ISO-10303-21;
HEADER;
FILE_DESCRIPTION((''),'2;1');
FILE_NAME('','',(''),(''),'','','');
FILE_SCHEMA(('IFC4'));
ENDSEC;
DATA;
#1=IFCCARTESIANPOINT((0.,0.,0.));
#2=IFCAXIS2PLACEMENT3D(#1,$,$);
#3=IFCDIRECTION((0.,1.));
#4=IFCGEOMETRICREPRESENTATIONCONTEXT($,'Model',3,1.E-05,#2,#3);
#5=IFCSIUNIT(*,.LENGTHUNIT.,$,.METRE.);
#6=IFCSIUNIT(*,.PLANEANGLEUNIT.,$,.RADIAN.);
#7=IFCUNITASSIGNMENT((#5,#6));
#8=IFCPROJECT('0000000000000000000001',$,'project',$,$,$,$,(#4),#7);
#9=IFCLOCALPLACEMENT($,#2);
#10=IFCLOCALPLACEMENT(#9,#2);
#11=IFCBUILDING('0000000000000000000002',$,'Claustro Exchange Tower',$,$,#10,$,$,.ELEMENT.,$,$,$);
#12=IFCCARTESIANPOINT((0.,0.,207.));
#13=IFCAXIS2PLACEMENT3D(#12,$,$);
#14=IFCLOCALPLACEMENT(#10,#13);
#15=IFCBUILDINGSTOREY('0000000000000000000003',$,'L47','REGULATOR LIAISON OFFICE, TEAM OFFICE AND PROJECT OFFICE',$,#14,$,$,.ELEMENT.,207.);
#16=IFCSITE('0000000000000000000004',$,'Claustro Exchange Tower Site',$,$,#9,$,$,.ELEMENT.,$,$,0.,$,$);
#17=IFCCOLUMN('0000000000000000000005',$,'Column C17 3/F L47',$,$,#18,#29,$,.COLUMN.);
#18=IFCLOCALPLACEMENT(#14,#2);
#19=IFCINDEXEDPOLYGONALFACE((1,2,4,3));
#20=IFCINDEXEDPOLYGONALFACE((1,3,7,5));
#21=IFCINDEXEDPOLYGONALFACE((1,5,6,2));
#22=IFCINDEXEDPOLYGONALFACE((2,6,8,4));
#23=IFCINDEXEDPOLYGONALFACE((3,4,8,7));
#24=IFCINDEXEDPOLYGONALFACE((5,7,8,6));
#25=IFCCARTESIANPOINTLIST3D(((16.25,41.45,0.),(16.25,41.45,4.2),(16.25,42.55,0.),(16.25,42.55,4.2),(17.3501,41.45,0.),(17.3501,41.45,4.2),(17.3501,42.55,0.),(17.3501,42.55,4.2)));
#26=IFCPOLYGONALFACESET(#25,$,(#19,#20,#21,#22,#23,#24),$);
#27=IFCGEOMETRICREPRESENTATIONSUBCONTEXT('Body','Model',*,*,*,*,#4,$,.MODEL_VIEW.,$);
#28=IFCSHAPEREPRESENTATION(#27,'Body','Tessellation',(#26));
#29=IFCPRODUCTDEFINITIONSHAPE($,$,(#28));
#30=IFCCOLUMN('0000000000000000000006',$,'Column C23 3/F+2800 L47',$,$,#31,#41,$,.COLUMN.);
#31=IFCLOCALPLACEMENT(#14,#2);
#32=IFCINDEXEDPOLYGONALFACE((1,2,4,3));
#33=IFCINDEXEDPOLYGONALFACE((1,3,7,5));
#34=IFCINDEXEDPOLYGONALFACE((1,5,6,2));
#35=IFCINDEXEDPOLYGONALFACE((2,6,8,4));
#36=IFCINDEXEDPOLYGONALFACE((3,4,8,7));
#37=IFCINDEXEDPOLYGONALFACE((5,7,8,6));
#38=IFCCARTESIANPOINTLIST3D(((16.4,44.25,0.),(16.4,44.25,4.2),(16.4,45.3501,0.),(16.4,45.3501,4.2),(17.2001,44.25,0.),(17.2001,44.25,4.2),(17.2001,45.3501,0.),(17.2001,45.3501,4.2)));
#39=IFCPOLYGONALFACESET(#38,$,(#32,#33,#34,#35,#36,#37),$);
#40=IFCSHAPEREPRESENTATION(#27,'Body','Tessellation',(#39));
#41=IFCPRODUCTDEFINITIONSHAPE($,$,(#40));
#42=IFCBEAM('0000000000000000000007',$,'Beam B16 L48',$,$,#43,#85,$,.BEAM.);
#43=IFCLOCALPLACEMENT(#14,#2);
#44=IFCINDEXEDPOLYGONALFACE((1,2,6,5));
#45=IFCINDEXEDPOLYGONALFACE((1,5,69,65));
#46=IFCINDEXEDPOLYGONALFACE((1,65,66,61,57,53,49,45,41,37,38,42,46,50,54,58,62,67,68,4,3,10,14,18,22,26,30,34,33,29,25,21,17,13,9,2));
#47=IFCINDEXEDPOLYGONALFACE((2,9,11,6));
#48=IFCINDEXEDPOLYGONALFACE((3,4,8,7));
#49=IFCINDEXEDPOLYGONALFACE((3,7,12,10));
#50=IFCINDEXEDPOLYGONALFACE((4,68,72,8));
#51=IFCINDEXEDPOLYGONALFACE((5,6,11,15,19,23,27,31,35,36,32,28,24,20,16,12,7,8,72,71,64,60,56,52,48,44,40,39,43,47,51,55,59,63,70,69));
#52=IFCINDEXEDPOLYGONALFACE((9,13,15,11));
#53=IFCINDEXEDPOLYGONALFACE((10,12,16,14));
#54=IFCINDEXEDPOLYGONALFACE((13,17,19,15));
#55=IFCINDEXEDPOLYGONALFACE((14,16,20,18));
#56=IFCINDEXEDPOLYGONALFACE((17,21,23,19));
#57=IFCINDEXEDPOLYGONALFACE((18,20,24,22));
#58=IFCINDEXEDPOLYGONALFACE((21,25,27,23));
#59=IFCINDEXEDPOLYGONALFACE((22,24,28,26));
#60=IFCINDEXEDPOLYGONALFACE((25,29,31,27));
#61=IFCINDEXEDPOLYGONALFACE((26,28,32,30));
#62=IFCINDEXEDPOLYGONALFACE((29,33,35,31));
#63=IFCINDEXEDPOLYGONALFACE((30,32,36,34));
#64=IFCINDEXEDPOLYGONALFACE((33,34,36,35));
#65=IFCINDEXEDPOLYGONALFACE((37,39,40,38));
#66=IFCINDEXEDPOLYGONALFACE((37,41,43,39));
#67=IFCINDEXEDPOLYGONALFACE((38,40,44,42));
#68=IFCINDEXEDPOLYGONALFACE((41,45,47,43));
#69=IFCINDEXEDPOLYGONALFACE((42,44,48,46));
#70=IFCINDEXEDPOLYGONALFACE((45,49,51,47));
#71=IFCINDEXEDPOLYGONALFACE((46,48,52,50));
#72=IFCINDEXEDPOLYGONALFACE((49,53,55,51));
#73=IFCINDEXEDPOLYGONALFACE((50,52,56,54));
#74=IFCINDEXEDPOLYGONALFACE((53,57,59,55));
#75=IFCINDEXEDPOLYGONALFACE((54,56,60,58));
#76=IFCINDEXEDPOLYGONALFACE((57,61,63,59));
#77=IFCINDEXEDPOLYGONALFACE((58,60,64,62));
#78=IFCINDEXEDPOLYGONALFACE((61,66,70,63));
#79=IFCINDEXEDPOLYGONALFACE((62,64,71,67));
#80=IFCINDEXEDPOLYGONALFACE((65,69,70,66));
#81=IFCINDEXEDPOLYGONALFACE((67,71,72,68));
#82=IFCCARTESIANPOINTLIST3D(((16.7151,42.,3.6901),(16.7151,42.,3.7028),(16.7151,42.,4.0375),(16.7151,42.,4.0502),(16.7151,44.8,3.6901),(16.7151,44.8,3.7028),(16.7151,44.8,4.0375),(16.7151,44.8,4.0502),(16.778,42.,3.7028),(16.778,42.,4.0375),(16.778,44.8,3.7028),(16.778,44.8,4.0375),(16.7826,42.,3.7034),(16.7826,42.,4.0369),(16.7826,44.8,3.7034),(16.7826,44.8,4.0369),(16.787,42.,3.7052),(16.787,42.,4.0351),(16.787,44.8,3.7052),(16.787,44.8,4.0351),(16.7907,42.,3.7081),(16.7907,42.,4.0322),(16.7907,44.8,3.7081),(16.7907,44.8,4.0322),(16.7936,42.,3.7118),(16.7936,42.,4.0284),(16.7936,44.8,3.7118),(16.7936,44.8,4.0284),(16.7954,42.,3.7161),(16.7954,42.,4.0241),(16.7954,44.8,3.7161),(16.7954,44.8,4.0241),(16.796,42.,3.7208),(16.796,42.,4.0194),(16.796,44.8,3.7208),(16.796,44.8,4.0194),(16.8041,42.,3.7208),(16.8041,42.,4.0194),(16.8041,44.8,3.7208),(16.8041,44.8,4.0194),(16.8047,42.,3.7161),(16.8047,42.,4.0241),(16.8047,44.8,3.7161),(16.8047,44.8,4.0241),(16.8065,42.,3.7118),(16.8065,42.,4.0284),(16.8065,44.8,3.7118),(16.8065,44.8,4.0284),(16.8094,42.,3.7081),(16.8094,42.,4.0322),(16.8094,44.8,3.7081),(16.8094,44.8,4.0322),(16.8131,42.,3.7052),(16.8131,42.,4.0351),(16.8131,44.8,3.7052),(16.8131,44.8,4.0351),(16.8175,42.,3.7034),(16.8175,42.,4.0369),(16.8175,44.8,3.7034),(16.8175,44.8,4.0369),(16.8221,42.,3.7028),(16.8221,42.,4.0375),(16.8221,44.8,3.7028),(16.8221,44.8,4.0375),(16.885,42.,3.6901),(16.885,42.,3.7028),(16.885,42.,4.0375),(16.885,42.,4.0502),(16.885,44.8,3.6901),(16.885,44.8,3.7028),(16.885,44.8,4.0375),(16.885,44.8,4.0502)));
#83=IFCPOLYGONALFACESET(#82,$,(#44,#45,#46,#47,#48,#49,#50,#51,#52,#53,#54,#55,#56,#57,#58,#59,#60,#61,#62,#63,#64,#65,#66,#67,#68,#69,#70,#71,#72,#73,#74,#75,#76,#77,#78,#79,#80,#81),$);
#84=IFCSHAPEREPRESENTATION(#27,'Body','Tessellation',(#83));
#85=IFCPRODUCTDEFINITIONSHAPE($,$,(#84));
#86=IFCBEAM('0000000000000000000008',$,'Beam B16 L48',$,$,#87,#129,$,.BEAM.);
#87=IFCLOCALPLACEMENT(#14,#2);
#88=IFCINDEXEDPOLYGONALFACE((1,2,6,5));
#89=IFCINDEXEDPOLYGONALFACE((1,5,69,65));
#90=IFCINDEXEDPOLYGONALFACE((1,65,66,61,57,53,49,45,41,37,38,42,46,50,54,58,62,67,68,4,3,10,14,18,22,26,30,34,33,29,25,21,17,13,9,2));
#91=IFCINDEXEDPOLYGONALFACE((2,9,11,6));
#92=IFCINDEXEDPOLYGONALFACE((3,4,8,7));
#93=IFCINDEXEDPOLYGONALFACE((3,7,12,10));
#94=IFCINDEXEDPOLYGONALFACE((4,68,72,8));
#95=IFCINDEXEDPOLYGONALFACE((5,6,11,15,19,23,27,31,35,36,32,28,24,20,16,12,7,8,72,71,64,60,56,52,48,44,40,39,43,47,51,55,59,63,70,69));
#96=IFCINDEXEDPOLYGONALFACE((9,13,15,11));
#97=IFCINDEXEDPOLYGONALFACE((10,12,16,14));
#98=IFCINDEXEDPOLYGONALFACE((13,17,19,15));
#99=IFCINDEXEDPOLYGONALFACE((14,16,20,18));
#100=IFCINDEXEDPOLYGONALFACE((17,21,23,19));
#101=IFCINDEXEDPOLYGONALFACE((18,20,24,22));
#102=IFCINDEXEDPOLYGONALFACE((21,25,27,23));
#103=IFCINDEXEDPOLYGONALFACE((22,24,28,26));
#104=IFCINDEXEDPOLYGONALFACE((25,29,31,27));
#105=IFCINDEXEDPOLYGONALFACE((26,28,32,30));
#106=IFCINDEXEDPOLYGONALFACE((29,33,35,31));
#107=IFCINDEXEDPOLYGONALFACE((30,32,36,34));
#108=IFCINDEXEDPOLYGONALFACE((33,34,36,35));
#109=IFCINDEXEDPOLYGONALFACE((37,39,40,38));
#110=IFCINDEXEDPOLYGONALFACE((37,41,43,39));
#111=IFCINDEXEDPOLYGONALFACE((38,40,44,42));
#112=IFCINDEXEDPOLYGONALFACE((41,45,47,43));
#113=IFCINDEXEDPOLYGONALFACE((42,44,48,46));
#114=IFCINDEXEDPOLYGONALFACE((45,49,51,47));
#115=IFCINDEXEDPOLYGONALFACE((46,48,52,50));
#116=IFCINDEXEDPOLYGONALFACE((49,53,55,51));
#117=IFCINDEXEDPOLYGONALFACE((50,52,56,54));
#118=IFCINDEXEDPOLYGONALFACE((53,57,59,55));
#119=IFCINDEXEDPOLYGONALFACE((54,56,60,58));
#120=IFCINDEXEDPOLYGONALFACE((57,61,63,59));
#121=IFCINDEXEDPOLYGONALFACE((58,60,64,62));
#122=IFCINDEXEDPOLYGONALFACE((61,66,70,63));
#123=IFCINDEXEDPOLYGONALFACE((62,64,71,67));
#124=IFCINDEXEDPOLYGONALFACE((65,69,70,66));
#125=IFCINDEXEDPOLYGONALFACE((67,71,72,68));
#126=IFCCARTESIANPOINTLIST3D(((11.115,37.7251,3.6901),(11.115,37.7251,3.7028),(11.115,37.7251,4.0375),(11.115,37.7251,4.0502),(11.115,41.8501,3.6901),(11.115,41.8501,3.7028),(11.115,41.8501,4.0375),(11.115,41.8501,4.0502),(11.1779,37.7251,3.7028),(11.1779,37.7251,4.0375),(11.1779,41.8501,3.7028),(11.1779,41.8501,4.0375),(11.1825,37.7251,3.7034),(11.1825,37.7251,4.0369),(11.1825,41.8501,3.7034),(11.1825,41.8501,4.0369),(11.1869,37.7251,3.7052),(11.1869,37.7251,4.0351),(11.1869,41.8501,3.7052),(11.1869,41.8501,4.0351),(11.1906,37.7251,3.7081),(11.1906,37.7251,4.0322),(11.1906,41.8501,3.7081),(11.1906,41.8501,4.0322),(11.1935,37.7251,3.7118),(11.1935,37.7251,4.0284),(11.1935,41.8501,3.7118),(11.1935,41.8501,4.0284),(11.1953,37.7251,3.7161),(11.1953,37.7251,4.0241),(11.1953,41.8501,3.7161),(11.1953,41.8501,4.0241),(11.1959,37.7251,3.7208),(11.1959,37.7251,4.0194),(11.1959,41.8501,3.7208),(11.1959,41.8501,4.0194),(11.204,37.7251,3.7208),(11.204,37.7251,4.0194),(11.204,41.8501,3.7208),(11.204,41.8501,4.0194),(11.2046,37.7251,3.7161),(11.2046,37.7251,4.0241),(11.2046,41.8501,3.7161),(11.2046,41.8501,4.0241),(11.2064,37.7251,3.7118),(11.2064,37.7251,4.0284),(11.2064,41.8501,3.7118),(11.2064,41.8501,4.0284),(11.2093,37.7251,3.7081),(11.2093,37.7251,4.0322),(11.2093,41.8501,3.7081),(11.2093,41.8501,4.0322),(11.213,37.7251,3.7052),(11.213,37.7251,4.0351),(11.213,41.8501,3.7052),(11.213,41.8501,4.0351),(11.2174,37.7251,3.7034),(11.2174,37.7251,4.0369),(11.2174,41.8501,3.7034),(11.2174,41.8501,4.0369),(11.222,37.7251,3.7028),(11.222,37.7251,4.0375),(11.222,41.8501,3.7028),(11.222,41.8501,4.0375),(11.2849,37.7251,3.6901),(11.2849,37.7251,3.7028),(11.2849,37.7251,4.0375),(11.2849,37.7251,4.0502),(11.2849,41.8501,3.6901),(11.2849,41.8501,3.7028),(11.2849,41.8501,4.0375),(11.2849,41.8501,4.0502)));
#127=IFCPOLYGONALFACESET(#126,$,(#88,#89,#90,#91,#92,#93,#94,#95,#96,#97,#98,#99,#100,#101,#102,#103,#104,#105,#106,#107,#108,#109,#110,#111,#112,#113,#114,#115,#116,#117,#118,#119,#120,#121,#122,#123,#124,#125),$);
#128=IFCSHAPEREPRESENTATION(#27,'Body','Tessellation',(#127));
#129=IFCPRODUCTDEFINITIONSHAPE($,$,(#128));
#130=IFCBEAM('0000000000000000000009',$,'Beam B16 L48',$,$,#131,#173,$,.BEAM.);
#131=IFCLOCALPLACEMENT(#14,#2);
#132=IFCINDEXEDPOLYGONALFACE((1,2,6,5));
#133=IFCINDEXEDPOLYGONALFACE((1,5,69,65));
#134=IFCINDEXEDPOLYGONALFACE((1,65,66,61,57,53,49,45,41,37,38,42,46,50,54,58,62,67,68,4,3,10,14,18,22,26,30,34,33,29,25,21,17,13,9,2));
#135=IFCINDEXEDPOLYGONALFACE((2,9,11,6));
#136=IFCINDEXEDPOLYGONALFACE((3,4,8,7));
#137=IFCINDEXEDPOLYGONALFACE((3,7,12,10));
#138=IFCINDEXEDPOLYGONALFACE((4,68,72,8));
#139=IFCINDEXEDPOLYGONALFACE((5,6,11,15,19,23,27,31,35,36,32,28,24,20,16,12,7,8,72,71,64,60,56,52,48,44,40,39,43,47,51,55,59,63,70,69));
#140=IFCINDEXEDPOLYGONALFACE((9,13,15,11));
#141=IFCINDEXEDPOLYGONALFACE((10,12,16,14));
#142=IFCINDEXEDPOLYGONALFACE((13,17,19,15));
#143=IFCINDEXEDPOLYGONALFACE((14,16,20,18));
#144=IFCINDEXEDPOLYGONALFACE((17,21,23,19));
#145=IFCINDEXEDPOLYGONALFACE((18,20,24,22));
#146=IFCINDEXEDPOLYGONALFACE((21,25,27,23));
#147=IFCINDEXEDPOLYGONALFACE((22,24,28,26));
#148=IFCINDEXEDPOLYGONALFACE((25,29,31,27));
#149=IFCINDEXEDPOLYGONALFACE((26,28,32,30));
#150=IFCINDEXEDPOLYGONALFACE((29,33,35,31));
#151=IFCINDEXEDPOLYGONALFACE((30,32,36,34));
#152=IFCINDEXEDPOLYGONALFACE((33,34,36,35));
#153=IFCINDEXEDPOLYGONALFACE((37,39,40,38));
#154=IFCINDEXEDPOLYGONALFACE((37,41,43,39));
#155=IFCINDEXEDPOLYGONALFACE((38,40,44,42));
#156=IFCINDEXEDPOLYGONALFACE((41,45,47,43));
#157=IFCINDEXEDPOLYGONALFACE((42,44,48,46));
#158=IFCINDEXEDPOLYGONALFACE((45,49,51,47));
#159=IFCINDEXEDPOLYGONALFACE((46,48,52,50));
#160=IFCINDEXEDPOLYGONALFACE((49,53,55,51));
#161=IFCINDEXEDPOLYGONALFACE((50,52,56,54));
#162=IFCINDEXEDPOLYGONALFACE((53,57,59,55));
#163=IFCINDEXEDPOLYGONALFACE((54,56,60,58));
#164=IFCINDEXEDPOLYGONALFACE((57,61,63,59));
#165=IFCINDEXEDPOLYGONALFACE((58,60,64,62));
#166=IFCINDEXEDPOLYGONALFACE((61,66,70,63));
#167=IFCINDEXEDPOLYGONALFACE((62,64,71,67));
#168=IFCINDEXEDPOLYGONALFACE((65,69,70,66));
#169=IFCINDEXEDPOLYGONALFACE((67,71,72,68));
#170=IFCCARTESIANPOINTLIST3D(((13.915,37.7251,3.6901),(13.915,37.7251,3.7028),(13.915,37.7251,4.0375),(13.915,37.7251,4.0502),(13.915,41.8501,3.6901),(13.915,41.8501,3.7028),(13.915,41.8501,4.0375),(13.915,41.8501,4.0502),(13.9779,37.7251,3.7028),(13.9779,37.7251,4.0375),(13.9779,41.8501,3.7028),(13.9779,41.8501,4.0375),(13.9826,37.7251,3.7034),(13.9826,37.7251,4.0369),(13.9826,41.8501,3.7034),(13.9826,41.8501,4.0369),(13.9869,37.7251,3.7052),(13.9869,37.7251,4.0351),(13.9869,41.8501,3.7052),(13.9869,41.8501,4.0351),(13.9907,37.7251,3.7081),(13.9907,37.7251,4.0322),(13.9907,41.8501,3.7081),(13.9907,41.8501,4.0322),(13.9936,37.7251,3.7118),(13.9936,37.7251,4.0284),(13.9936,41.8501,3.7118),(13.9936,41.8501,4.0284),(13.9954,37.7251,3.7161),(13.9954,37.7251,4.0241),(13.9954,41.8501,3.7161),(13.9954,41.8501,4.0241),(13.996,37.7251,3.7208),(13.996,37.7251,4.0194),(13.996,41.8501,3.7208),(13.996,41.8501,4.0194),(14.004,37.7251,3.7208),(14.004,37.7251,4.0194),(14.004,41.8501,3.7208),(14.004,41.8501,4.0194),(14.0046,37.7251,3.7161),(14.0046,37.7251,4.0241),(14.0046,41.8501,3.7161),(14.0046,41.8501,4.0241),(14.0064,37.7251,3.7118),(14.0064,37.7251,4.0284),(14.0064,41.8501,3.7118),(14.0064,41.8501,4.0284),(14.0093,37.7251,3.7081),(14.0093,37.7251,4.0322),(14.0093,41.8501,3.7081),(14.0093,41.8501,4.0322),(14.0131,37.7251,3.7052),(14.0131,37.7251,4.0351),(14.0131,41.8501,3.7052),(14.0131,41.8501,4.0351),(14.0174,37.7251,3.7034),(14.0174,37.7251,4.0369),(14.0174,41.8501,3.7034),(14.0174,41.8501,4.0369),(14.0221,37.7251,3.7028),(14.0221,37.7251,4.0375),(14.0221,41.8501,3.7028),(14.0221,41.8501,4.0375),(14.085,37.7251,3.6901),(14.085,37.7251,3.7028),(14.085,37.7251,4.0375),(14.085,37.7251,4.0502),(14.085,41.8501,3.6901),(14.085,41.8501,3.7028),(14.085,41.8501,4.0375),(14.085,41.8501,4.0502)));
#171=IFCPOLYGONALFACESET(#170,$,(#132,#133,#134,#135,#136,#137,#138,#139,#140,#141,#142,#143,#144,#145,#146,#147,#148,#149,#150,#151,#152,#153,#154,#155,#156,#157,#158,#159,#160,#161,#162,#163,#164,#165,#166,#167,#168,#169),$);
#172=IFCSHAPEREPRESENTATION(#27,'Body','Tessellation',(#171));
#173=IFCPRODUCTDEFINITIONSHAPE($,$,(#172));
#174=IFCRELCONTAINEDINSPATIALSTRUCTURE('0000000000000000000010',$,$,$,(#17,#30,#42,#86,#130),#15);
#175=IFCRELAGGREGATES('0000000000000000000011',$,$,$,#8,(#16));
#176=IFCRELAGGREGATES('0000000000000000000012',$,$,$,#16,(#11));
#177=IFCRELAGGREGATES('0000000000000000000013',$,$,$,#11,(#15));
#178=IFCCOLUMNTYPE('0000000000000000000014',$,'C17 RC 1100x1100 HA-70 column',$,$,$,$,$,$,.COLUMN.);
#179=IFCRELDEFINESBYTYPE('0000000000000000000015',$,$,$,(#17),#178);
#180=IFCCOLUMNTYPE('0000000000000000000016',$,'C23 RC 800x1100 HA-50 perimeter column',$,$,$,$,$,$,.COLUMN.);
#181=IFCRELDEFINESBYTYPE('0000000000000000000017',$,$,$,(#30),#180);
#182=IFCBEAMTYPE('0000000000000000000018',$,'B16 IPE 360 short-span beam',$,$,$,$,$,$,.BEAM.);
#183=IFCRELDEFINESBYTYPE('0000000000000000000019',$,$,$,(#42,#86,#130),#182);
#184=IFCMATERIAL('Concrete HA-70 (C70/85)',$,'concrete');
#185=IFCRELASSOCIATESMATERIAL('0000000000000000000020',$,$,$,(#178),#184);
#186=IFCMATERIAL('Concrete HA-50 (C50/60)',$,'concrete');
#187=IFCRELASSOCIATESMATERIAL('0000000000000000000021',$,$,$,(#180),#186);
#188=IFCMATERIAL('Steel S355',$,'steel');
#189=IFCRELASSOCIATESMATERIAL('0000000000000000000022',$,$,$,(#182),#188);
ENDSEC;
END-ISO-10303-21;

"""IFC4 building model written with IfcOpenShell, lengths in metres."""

from ifc_helpers import new_model, si_unit, direction, frame, origin, origin_2d, place, context, subcontext, project, spatial, rectangle, i_section, extrude, material, material_profile, profile_set, type_object, element, save


model = new_model("IFC4")

# Units and contexts
model_context = context("Model", 3, precision=1e-05, world=origin(), true_north=direction((0.0, 1.0)))
body_context = subcontext(model_context, "Body", "Model", "MODEL_VIEW")
ifc_project = project(units=[si_unit("LENGTHUNIT", "METRE"), si_unit("PLANEANGLEUNIT", "RADIAN")], contexts=[model_context])

# Site, building, storey
site_placement = place(None, origin())
site = spatial("IfcSite", under=ifc_project, at=site_placement, Name="Claustro Exchange Tower Site", CompositionType="ELEMENT", RefElevation=0.0)
building_placement = place(site_placement, origin())
building = spatial("IfcBuilding", under=site, at=building_placement, Name="Claustro Exchange Tower", CompositionType="ELEMENT")
storey_placement = place(building_placement, frame((0.0, 0.0, 207.0)))
storey = spatial("IfcBuildingStorey", under=building, at=storey_placement, Name="L47", Description="REGULATOR LIAISON OFFICE, TEAM OFFICE AND PROJECT OFFICE", CompositionType="ELEMENT", Elevation=207.0)

# Columns
ifc_material_1 = material(Name="Concrete HA-70 (C70/85)", Category="concrete")
ifc_material_profile_1 = material_profile(ifc_material_1, rectangle(XDim=1.1001, YDim=1.1001, at=origin_2d()), Name="RC 1100x1100")
ifc_profile_set_1 = profile_set([ifc_material_profile_1], Name="Concrete HA-70 (C70/85)")
column_type_1 = type_object("IfcColumnType", Name="C17 RC 1100x1100 HA-70 column", PredefinedType="COLUMN", material=ifc_profile_set_1)
column_1_placement = place(storey_placement, frame((16.8, 42.0, 0.0), z_axis=(0.0, 0.0, 1.0), x_axis=(1.0, 0.0, 0.0)))
element("IfcColumn", 1, at=column_1_placement, inside=storey, type_object=column_type_1, Name="Column C17 3/F L47", PredefinedType="COLUMN", context=body_context, shape_type="SweptSolid", body=[
    extrude(rectangle(XDim=1.1001, YDim=1.1001, at=origin_2d()), origin(), (0.0, 0.0, 1.0), 4.2),
])
ifc_material_2 = material(Name="Concrete HA-50 (C50/60)", Category="concrete")
ifc_material_profile_2 = material_profile(ifc_material_2, rectangle(XDim=0.8, YDim=1.1001, at=origin_2d()), Name="RC 800x1100")
ifc_profile_set_2 = profile_set([ifc_material_profile_2], Name="Concrete HA-50 (C50/60)")
column_type_2 = type_object("IfcColumnType", Name="C23 RC 800x1100 HA-50 perimeter column", PredefinedType="COLUMN", material=ifc_profile_set_2)
column_2_placement = place(storey_placement, frame((16.8, 44.8, 0.0), z_axis=(0.0, 0.0, 1.0), x_axis=(1.0, 0.0, 0.0)))
element("IfcColumn", 2, at=column_2_placement, inside=storey, type_object=column_type_2, Name="Column C23 3/F+2800 L47", PredefinedType="COLUMN", context=body_context, shape_type="SweptSolid", body=[
    extrude(rectangle(XDim=0.8, YDim=1.1001, at=origin_2d()), origin(), (0.0, 0.0, 1.0), 4.2),
])

# Beams
ifc_material_3 = material(Name="Steel S355", Category="steel")
ifc_material_profile_3 = material_profile(ifc_material_3, i_section(OverallWidth=0.1699, OverallDepth=0.3601, WebThickness=0.0081, FlangeThickness=0.0127, FilletRadius=0.0181, at=origin_2d()), Name="IPE 360")
ifc_profile_set_3 = profile_set([ifc_material_profile_3], Name="Steel S355")
beam_type_1 = type_object("IfcBeamType", Name="B16 IPE 360 short-span beam", PredefinedType="BEAM", material=ifc_profile_set_3)
beam_1_placement = place(storey_placement, frame((16.8, 42.0, 3.8701), z_axis=(0.0, 1.0, 0.0), x_axis=(-1.0, 0.0, 0.0)))
element("IfcBeam", 3, at=beam_1_placement, inside=storey, type_object=beam_type_1, Name="Beam B16 L48", PredefinedType="BEAM", context=body_context, shape_type="SweptSolid", body=[
    extrude(i_section(OverallWidth=0.1699, OverallDepth=0.3601, WebThickness=0.0081, FlangeThickness=0.0127, FilletRadius=0.0181, at=origin_2d()), origin(), (0.0, 0.0, 1.0), 2.8),
])
for number, where, z_axis, x_axis, name in (
    (4, (11.2, 37.7251, 3.8701), (0.0, 1.0, 0.0), (-1.0, 0.0, 0.0), "Beam B16 L48"),
    (5, (14.0, 37.7251, 3.8701), (0.0, 1.0, 0.0), (-1.0, 0.0, 0.0), "Beam B16 L48"),
):
    element("IfcBeam", number, at=place(storey_placement, frame(where, z_axis=z_axis, x_axis=x_axis)), inside=storey, type_object=beam_type_1, Name=name, PredefinedType="BEAM", context=body_context, shape_type="SweptSolid", body=[
        extrude(i_section(OverallWidth=0.1699, OverallDepth=0.3601, WebThickness=0.0081, FlangeThickness=0.0127, FilletRadius=0.0181, at=origin_2d()), origin(), (0.0, 0.0, 1.0), 4.125),
    ])

save(model, "model.ifc")
